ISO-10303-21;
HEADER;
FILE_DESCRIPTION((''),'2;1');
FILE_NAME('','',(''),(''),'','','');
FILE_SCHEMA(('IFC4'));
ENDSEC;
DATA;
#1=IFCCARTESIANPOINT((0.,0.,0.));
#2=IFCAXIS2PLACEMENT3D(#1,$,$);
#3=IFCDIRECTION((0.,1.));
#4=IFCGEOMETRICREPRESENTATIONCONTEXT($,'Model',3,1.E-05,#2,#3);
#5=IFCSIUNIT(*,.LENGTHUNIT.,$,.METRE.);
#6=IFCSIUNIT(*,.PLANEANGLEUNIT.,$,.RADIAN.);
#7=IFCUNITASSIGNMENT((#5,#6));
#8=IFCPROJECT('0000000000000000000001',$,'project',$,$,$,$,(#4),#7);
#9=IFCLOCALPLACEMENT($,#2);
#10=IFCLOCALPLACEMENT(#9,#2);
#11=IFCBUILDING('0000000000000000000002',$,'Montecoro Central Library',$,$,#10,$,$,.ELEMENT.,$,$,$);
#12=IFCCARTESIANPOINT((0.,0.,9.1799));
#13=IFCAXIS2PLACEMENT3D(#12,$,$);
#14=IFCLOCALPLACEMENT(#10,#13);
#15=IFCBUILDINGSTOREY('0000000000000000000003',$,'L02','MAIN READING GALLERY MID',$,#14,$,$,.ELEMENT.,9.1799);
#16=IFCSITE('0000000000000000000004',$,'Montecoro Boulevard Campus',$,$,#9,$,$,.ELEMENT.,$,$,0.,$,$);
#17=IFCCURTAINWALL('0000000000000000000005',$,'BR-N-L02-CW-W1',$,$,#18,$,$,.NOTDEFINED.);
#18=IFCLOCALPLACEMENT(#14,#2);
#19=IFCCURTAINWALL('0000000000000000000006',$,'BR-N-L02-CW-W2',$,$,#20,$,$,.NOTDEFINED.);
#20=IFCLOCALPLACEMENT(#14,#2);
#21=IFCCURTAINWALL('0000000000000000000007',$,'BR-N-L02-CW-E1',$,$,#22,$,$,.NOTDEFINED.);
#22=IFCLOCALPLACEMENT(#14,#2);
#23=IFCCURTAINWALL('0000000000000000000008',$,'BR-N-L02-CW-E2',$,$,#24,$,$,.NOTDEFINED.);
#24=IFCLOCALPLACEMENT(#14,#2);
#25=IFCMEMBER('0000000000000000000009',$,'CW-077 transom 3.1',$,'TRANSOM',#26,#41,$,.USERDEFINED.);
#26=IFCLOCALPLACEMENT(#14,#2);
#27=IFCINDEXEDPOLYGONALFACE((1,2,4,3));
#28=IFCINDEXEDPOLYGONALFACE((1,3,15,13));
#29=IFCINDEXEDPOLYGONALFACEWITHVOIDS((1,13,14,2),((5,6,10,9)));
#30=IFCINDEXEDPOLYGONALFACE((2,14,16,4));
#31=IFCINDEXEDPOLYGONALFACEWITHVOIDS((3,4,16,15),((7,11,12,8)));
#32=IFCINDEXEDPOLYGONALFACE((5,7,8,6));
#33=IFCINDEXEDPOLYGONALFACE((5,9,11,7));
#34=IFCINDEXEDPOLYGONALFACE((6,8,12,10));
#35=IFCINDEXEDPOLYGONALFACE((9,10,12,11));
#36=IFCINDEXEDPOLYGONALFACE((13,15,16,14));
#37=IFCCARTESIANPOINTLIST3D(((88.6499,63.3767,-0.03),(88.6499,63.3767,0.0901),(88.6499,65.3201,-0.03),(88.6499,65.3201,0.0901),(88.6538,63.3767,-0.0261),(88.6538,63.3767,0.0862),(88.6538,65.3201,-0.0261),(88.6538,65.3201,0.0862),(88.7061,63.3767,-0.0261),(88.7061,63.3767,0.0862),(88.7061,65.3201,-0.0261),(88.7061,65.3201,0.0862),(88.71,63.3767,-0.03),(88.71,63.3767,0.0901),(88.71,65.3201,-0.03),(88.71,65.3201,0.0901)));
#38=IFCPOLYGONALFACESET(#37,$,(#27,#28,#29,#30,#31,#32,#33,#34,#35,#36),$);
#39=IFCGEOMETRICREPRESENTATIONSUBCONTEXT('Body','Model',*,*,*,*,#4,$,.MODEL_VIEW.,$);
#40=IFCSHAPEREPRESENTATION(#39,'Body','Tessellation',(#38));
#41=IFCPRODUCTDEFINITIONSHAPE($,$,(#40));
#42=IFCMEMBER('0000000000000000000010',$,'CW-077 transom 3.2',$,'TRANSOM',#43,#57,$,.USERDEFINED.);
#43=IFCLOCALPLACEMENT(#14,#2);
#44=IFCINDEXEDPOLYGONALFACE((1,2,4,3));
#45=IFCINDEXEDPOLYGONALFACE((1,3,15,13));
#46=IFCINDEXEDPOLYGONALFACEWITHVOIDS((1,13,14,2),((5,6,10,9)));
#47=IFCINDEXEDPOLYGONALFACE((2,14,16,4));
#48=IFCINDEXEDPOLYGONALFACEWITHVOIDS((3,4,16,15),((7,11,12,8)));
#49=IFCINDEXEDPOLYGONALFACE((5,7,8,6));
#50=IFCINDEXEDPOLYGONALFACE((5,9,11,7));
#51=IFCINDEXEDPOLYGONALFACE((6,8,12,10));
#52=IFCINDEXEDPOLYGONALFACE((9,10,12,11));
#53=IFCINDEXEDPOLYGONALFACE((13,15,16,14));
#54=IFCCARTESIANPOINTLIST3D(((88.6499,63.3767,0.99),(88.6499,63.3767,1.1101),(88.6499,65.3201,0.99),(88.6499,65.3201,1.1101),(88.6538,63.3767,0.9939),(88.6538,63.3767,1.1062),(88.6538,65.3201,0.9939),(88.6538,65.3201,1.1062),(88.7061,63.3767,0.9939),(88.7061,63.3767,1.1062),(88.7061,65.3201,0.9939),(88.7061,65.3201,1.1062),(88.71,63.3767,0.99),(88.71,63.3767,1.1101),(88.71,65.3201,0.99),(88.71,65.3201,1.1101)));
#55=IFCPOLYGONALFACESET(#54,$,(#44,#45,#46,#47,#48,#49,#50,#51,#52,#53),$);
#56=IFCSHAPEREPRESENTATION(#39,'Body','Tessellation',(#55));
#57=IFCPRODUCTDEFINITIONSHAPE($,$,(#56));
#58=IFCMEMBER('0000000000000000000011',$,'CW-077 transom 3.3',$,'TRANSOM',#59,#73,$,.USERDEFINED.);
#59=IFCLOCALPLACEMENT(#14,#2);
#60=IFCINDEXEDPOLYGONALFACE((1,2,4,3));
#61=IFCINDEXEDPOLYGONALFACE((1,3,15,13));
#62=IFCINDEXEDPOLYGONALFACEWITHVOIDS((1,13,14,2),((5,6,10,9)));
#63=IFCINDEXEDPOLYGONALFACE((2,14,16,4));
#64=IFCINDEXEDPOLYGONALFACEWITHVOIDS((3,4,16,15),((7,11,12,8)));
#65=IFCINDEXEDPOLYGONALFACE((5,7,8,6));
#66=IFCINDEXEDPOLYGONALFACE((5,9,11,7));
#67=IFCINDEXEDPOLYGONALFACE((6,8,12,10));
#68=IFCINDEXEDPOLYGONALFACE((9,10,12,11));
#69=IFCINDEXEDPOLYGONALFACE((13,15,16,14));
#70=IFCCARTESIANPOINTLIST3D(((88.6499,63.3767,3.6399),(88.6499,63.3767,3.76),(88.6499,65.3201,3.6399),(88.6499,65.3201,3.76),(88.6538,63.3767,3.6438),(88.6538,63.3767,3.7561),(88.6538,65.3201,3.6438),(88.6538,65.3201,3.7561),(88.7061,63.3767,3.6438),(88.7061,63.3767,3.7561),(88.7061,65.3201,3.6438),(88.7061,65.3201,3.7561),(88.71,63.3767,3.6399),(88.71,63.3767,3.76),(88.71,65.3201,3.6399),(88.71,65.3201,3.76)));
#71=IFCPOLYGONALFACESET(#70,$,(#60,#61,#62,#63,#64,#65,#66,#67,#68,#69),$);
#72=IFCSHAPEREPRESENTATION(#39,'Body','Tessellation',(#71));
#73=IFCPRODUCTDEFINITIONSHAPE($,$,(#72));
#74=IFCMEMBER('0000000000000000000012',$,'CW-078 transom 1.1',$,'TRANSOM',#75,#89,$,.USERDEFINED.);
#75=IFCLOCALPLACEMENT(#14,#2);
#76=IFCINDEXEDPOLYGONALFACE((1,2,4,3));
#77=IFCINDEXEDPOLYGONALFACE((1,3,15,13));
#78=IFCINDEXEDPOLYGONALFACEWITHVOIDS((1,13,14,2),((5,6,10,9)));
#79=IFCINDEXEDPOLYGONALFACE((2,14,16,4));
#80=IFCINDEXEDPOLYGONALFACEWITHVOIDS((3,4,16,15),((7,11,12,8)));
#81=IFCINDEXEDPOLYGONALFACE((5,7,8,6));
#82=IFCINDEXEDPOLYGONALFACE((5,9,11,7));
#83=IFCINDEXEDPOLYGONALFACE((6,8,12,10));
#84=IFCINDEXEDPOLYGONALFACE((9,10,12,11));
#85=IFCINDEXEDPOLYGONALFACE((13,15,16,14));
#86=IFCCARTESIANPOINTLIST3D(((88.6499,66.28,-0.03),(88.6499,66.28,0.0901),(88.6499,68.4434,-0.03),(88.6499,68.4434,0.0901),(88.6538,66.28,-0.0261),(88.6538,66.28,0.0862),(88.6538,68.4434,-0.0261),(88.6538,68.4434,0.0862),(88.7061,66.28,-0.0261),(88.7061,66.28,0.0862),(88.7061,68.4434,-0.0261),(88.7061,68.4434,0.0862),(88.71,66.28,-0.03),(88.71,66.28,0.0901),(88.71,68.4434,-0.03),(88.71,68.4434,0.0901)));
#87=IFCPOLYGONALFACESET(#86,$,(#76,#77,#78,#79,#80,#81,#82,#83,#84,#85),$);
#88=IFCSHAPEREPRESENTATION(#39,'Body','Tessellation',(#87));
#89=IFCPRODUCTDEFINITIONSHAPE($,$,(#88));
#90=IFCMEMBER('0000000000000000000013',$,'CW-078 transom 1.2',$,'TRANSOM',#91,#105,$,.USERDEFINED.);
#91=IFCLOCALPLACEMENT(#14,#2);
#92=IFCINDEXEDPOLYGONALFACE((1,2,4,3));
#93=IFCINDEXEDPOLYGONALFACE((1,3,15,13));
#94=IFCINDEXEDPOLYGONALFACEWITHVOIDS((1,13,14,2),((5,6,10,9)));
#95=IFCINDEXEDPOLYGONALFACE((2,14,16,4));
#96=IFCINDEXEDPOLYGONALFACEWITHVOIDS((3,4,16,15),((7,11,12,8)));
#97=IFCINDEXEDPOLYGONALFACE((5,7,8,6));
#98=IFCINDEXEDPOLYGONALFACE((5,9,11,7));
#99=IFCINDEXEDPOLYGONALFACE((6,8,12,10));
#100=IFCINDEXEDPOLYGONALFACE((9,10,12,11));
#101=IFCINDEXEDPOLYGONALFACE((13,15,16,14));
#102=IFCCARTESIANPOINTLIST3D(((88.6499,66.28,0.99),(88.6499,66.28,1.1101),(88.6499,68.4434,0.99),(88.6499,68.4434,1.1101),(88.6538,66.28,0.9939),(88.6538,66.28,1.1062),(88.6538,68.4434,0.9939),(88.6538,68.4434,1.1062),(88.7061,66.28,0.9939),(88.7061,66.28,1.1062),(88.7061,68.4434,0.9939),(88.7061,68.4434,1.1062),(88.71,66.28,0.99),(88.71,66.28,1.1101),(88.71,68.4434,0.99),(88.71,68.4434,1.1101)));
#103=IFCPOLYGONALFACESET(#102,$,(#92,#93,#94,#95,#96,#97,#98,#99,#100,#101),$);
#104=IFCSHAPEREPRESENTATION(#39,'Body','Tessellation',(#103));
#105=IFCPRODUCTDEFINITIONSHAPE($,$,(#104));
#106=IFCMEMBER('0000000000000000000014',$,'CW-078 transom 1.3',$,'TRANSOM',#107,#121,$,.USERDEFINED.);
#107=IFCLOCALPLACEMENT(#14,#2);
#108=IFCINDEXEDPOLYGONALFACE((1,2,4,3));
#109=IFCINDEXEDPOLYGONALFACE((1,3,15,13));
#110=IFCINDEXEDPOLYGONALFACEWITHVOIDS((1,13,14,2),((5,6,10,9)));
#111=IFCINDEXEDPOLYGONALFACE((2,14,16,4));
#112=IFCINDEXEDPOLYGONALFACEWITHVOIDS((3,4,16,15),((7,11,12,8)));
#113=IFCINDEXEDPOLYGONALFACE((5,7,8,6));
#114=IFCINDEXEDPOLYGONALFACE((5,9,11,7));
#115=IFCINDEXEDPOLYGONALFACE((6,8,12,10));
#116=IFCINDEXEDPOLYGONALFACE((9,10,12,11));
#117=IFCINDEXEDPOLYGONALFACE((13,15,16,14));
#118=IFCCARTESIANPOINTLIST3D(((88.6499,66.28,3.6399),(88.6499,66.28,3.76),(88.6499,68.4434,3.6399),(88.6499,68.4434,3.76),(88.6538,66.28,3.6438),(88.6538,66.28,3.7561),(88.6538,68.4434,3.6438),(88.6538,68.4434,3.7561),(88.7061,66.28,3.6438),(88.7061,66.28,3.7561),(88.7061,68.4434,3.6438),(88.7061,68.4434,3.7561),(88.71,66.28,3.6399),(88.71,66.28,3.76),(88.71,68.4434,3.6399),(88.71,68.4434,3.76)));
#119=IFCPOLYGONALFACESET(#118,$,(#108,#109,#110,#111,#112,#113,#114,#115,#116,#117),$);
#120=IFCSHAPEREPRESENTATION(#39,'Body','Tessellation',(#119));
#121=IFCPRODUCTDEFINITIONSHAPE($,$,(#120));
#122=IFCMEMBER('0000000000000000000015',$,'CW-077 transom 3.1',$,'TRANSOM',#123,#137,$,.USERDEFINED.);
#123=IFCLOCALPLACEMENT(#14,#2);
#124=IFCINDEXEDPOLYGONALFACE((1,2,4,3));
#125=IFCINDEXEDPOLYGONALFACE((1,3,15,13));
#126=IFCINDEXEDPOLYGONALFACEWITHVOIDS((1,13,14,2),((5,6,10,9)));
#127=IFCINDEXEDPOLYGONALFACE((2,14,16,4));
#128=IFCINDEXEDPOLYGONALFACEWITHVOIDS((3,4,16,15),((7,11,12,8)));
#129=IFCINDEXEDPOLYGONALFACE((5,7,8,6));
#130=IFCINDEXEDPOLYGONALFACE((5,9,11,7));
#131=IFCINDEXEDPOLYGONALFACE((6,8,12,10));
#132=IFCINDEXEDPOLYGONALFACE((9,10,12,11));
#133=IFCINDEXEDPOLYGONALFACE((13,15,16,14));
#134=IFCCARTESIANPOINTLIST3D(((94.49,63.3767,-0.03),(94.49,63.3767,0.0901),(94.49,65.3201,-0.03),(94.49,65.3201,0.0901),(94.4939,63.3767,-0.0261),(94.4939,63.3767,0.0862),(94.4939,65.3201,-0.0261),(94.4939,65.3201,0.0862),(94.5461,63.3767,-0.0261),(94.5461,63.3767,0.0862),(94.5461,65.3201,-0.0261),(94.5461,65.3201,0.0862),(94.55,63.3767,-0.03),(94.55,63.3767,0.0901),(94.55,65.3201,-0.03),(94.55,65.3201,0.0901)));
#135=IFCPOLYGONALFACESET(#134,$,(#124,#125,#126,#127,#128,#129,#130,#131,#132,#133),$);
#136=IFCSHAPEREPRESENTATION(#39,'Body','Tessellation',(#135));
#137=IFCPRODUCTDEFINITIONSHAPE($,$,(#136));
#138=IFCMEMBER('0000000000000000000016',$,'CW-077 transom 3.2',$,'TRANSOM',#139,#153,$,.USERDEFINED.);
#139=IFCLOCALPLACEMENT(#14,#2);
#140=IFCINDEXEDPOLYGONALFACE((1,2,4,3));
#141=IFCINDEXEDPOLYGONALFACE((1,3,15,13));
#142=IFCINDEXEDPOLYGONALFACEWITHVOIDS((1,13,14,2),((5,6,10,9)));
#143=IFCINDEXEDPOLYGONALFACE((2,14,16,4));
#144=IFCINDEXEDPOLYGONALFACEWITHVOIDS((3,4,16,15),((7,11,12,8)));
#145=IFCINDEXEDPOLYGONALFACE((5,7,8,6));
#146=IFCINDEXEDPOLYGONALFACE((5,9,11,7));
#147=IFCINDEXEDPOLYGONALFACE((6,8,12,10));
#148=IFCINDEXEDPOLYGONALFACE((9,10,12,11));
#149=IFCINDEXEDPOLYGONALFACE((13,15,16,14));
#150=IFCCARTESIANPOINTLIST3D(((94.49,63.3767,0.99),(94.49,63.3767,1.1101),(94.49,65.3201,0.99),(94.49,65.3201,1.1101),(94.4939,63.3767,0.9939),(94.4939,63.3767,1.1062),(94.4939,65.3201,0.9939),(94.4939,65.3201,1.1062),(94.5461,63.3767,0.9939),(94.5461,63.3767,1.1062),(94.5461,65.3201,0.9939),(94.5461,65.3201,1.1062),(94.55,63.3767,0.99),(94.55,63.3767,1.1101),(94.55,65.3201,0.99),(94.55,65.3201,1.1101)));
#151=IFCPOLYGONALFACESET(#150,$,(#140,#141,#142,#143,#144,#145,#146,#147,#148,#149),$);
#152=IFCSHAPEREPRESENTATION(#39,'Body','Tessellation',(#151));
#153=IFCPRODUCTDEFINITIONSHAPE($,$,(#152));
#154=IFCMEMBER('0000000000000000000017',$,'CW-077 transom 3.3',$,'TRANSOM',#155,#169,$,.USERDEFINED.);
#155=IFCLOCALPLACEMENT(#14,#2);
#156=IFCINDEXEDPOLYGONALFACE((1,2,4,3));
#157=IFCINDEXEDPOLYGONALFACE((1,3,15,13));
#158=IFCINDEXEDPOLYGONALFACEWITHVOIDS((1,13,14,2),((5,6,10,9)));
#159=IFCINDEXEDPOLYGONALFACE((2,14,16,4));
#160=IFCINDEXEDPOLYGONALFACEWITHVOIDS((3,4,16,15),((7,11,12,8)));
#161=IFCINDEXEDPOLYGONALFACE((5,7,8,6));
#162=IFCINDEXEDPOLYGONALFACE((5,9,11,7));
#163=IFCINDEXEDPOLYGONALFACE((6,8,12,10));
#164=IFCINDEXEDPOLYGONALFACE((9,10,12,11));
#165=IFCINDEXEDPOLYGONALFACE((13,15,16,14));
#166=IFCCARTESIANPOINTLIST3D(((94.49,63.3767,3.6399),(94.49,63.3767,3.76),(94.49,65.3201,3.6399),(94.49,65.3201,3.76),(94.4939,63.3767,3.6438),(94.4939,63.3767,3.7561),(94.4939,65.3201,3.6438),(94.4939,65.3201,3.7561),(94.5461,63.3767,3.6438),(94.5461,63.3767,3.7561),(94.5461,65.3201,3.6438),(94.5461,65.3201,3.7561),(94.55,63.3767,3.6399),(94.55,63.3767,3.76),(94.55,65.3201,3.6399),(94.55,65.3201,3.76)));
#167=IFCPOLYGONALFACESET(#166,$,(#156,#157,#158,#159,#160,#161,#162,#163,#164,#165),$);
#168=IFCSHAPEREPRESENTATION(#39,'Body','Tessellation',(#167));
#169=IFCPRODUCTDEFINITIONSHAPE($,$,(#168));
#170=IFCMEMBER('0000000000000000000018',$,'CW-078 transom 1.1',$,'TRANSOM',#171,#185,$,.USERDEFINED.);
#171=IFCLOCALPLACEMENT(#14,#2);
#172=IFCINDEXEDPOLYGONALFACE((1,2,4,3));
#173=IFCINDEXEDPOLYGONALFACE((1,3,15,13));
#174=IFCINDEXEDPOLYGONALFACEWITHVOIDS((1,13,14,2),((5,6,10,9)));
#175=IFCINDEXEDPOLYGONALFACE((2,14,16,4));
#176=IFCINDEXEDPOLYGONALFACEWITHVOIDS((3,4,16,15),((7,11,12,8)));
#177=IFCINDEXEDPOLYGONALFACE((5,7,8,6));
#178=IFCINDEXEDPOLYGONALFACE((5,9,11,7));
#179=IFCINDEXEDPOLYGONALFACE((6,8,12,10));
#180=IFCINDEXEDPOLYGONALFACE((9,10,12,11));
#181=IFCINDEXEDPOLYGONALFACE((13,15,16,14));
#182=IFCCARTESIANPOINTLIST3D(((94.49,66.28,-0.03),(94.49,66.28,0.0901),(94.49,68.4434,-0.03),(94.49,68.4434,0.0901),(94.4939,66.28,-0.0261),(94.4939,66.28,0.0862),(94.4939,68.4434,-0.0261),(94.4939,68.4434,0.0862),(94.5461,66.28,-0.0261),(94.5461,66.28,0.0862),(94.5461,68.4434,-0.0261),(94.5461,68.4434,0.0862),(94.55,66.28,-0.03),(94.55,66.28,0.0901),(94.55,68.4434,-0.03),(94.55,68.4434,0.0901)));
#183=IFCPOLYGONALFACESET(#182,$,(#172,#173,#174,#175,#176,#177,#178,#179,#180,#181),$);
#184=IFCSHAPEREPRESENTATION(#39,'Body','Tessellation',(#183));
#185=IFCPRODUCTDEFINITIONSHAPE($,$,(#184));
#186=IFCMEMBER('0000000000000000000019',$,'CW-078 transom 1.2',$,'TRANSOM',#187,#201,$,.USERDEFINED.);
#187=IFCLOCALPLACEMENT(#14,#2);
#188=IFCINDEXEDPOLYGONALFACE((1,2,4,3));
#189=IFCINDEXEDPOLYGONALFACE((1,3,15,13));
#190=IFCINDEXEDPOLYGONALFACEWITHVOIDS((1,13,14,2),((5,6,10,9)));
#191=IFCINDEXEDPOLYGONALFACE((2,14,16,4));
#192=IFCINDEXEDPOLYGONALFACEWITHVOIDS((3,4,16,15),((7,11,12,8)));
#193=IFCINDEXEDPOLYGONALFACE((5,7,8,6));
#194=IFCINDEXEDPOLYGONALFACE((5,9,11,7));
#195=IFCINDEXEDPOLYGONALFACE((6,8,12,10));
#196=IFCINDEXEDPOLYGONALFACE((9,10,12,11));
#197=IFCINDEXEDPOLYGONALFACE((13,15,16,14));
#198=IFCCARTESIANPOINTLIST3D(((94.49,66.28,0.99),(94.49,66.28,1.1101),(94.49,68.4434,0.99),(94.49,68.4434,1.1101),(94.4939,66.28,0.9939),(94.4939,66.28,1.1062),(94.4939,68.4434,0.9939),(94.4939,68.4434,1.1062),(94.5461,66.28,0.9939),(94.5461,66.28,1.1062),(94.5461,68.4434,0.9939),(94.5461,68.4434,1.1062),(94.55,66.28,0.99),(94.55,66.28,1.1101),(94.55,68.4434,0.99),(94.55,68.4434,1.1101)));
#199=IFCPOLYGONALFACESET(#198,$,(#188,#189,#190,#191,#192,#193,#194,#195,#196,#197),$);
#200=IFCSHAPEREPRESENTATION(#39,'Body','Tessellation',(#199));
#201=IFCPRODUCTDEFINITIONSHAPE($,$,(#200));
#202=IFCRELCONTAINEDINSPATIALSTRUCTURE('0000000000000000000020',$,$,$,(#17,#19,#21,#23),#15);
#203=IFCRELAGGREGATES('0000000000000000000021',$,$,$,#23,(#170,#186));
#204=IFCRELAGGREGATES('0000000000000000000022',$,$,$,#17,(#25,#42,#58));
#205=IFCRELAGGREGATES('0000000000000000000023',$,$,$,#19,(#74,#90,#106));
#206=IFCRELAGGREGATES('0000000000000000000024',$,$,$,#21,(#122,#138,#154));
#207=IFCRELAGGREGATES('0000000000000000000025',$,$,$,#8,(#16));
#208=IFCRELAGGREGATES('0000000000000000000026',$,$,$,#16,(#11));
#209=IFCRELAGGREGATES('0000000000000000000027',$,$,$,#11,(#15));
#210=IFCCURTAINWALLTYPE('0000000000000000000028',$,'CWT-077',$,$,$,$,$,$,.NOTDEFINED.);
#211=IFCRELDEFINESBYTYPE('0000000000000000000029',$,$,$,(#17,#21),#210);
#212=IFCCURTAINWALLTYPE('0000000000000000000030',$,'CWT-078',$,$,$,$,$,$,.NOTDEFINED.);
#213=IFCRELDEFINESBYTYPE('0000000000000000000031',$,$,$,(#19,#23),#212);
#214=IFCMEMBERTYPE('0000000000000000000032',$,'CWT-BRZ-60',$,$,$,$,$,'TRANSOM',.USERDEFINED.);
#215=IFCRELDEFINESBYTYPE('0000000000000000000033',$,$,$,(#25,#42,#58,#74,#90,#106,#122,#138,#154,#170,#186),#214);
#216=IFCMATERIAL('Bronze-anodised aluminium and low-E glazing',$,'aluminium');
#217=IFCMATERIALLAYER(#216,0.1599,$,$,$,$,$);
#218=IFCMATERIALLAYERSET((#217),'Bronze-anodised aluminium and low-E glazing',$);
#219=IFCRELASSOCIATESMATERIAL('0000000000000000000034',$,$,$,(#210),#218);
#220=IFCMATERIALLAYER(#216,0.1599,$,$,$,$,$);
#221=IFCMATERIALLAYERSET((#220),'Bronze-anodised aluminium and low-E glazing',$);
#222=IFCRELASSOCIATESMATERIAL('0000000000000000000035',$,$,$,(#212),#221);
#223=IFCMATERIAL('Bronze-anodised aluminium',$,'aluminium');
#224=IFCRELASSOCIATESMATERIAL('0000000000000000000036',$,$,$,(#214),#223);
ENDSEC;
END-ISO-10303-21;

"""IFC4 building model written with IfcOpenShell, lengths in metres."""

from ifc_helpers import new_model, si_unit, direction, frame, origin, origin_2d, place, context, subcontext, project, spatial, hollow_rectangle, extrude, material, layer, layer_set, material_profile, profile_set, type_object, element, aggregate, save


model = new_model("IFC4")

# Units and contexts
model_context = context("Model", 3, precision=1e-05, world=origin(), true_north=direction((0.0, 1.0)))
body_context = subcontext(model_context, "Body", "Model", "MODEL_VIEW")
ifc_project = project(units=[si_unit("LENGTHUNIT", "METRE"), si_unit("PLANEANGLEUNIT", "RADIAN")], contexts=[model_context])

# Site, building, storey
site_placement = place(None, origin())
site = spatial("IfcSite", under=ifc_project, at=site_placement, Name="Montecoro Boulevard Campus", CompositionType="ELEMENT", RefElevation=0.0)
building_placement = place(site_placement, origin())
building = spatial("IfcBuilding", under=site, at=building_placement, Name="Montecoro Central Library", CompositionType="ELEMENT")
storey_placement = place(building_placement, frame((0.0, 0.0, 9.1799)))
storey = spatial("IfcBuildingStorey", under=building, at=storey_placement, Name="L02", Description="MAIN READING GALLERY MID", CompositionType="ELEMENT", Elevation=9.1799)

# Curtain wall
ifc_material_1 = material(Name="Bronze-anodised aluminium and low-E glazing", Category="aluminium")
ifc_layer_1 = layer(ifc_material_1, 0.1599)
ifc_layer_set_1 = layer_set([ifc_layer_1], Name="Bronze-anodised aluminium and low-E glazing")
curtain_wall_type_1 = type_object("IfcCurtainWallType", Name="CWT-077", PredefinedType="NOTDEFINED", material=ifc_layer_set_1)
curtain_wall_1_placement = place(storey_placement, origin())
curtain_wall_1 = element("IfcCurtainWall", 1, at=curtain_wall_1_placement, inside=storey, type_object=curtain_wall_type_1, Name="BR-N-L02-CW-W1", PredefinedType="NOTDEFINED")
ifc_material_2 = material(Name="Bronze-anodised aluminium", Category="aluminium")

# Curtain wall
ifc_layer_2 = layer(ifc_material_1, 0.1599)
ifc_layer_set_2 = layer_set([ifc_layer_2], Name="Bronze-anodised aluminium and low-E glazing")
curtain_wall_type_2 = type_object("IfcCurtainWallType", Name="CWT-078", PredefinedType="NOTDEFINED", material=ifc_layer_set_2)
curtain_wall_2_placement = place(storey_placement, origin())
curtain_wall_2 = element("IfcCurtainWall", 2, at=curtain_wall_2_placement, inside=storey, type_object=curtain_wall_type_2, Name="BR-N-L02-CW-W2", PredefinedType="NOTDEFINED")

# Curtain wall
curtain_wall_3_placement = place(storey_placement, origin())
curtain_wall_3 = element("IfcCurtainWall", 3, at=curtain_wall_3_placement, inside=storey, type_object=curtain_wall_type_1, Name="BR-N-L02-CW-E1", PredefinedType="NOTDEFINED")

# Curtain wall
curtain_wall_4_placement = place(storey_placement, origin())
curtain_wall_4 = element("IfcCurtainWall", 4, at=curtain_wall_4_placement, inside=storey, type_object=curtain_wall_type_2, Name="BR-N-L02-CW-E2", PredefinedType="NOTDEFINED")

# Members
ifc_material_profile_1 = material_profile(ifc_material_2, hollow_rectangle(XDim=0.0601, YDim=0.1201, WallThickness=0.0039, at=origin_2d()), Name="CWT 120x60x4.0")
ifc_profile_set_1 = profile_set([ifc_material_profile_1], Name="Bronze-anodised aluminium")
member_type_1 = type_object("IfcMemberType", Name="CWT-BRZ-60", ElementType="TRANSOM", PredefinedType="USERDEFINED", material=ifc_profile_set_1)
member_1_placement = place(storey_placement, frame((88.6799, 63.3767, 0.03), z_axis=(0.0, 1.0, 0.0), x_axis=(-1.0, 0.0, 0.0)))
member_1 = element("IfcMember", 5, at=member_1_placement, type_object=member_type_1, Name="CW-077 transom 3.1", ObjectType="TRANSOM", PredefinedType="USERDEFINED", context=body_context, shape_type="SweptSolid", body=[
    extrude(hollow_rectangle(XDim=0.0601, YDim=0.1201, WallThickness=0.0039, at=origin_2d()), origin(), (0.0, 0.0, 1.0), 1.9434),
])
member_2_placement = place(storey_placement, frame((88.6799, 63.3767, 1.05), z_axis=(0.0, 1.0, 0.0), x_axis=(-1.0, 0.0, 0.0)))
member_2 = element("IfcMember", 6, at=member_2_placement, type_object=member_type_1, Name="CW-077 transom 3.2", ObjectType="TRANSOM", PredefinedType="USERDEFINED", context=body_context, shape_type="SweptSolid", body=[
    extrude(hollow_rectangle(XDim=0.0601, YDim=0.1201, WallThickness=0.0039, at=origin_2d()), origin(), (0.0, 0.0, 1.0), 1.9434),
])
member_3_placement = place(storey_placement, frame((88.6799, 63.3767, 3.7), z_axis=(0.0, 1.0, 0.0), x_axis=(-1.0, 0.0, 0.0)))
member_3 = element("IfcMember", 7, at=member_3_placement, type_object=member_type_1, Name="CW-077 transom 3.3", ObjectType="TRANSOM", PredefinedType="USERDEFINED", context=body_context, shape_type="SweptSolid", body=[
    extrude(hollow_rectangle(XDim=0.0601, YDim=0.1201, WallThickness=0.0039, at=origin_2d()), origin(), (0.0, 0.0, 1.0), 1.9434),
])
member_4_placement = place(storey_placement, frame((88.6799, 66.28, 0.03), z_axis=(0.0, 1.0, 0.0), x_axis=(-1.0, 0.0, 0.0)))
member_4 = element("IfcMember", 8, at=member_4_placement, type_object=member_type_1, Name="CW-078 transom 1.1", ObjectType="TRANSOM", PredefinedType="USERDEFINED", context=body_context, shape_type="SweptSolid", body=[
    extrude(hollow_rectangle(XDim=0.0601, YDim=0.1201, WallThickness=0.0039, at=origin_2d()), origin(), (0.0, 0.0, 1.0), 2.1633),
])
member_5_placement = place(storey_placement, frame((88.6799, 66.28, 1.05), z_axis=(0.0, 1.0, 0.0), x_axis=(-1.0, 0.0, 0.0)))
member_5 = element("IfcMember", 9, at=member_5_placement, type_object=member_type_1, Name="CW-078 transom 1.2", ObjectType="TRANSOM", PredefinedType="USERDEFINED", context=body_context, shape_type="SweptSolid", body=[
    extrude(hollow_rectangle(XDim=0.0601, YDim=0.1201, WallThickness=0.0039, at=origin_2d()), origin(), (0.0, 0.0, 1.0), 2.1633),
])
member_6_placement = place(storey_placement, frame((88.6799, 66.28, 3.7), z_axis=(0.0, 1.0, 0.0), x_axis=(-1.0, 0.0, 0.0)))
member_6 = element("IfcMember", 10, at=member_6_placement, type_object=member_type_1, Name="CW-078 transom 1.3", ObjectType="TRANSOM", PredefinedType="USERDEFINED", context=body_context, shape_type="SweptSolid", body=[
    extrude(hollow_rectangle(XDim=0.0601, YDim=0.1201, WallThickness=0.0039, at=origin_2d()), origin(), (0.0, 0.0, 1.0), 2.1633),
])
member_7_placement = place(storey_placement, frame((94.52, 63.3767, 0.03), z_axis=(0.0, 1.0, 0.0), x_axis=(-1.0, 0.0, 0.0)))
member_7 = element("IfcMember", 11, at=member_7_placement, type_object=member_type_1, Name="CW-077 transom 3.1", ObjectType="TRANSOM", PredefinedType="USERDEFINED", context=body_context, shape_type="SweptSolid", body=[
    extrude(hollow_rectangle(XDim=0.0601, YDim=0.1201, WallThickness=0.0039, at=origin_2d()), origin(), (0.0, 0.0, 1.0), 1.9434),
])
member_8_placement = place(storey_placement, frame((94.52, 63.3767, 1.05), z_axis=(0.0, 1.0, 0.0), x_axis=(-1.0, 0.0, 0.0)))
member_8 = element("IfcMember", 12, at=member_8_placement, type_object=member_type_1, Name="CW-077 transom 3.2", ObjectType="TRANSOM", PredefinedType="USERDEFINED", context=body_context, shape_type="SweptSolid", body=[
    extrude(hollow_rectangle(XDim=0.0601, YDim=0.1201, WallThickness=0.0039, at=origin_2d()), origin(), (0.0, 0.0, 1.0), 1.9434),
])
member_9_placement = place(storey_placement, frame((94.52, 63.3767, 3.7), z_axis=(0.0, 1.0, 0.0), x_axis=(-1.0, 0.0, 0.0)))
member_9 = element("IfcMember", 13, at=member_9_placement, type_object=member_type_1, Name="CW-077 transom 3.3", ObjectType="TRANSOM", PredefinedType="USERDEFINED", context=body_context, shape_type="SweptSolid", body=[
    extrude(hollow_rectangle(XDim=0.0601, YDim=0.1201, WallThickness=0.0039, at=origin_2d()), origin(), (0.0, 0.0, 1.0), 1.9434),
])
member_10_placement = place(storey_placement, frame((94.52, 66.28, 0.03), z_axis=(0.0, 1.0, 0.0), x_axis=(-1.0, 0.0, 0.0)))
member_10 = element("IfcMember", 14, at=member_10_placement, type_object=member_type_1, Name="CW-078 transom 1.1", ObjectType="TRANSOM", PredefinedType="USERDEFINED", context=body_context, shape_type="SweptSolid", body=[
    extrude(hollow_rectangle(XDim=0.0601, YDim=0.1201, WallThickness=0.0039, at=origin_2d()), origin(), (0.0, 0.0, 1.0), 2.1633),
])
member_11_placement = place(storey_placement, frame((94.52, 66.28, 1.05), z_axis=(0.0, 1.0, 0.0), x_axis=(-1.0, 0.0, 0.0)))
member_11 = element("IfcMember", 15, at=member_11_placement, type_object=member_type_1, Name="CW-078 transom 1.2", ObjectType="TRANSOM", PredefinedType="USERDEFINED", context=body_context, shape_type="SweptSolid", body=[
    extrude(hollow_rectangle(XDim=0.0601, YDim=0.1201, WallThickness=0.0039, at=origin_2d()), origin(), (0.0, 0.0, 1.0), 2.1633),
])
aggregate(curtain_wall_4, [member_10, member_11])

aggregate(curtain_wall_1, [member_1, member_2, member_3])
aggregate(curtain_wall_2, [member_4, member_5, member_6])
aggregate(curtain_wall_3, [member_7, member_8, member_9])

save(model, "model.ifc")
